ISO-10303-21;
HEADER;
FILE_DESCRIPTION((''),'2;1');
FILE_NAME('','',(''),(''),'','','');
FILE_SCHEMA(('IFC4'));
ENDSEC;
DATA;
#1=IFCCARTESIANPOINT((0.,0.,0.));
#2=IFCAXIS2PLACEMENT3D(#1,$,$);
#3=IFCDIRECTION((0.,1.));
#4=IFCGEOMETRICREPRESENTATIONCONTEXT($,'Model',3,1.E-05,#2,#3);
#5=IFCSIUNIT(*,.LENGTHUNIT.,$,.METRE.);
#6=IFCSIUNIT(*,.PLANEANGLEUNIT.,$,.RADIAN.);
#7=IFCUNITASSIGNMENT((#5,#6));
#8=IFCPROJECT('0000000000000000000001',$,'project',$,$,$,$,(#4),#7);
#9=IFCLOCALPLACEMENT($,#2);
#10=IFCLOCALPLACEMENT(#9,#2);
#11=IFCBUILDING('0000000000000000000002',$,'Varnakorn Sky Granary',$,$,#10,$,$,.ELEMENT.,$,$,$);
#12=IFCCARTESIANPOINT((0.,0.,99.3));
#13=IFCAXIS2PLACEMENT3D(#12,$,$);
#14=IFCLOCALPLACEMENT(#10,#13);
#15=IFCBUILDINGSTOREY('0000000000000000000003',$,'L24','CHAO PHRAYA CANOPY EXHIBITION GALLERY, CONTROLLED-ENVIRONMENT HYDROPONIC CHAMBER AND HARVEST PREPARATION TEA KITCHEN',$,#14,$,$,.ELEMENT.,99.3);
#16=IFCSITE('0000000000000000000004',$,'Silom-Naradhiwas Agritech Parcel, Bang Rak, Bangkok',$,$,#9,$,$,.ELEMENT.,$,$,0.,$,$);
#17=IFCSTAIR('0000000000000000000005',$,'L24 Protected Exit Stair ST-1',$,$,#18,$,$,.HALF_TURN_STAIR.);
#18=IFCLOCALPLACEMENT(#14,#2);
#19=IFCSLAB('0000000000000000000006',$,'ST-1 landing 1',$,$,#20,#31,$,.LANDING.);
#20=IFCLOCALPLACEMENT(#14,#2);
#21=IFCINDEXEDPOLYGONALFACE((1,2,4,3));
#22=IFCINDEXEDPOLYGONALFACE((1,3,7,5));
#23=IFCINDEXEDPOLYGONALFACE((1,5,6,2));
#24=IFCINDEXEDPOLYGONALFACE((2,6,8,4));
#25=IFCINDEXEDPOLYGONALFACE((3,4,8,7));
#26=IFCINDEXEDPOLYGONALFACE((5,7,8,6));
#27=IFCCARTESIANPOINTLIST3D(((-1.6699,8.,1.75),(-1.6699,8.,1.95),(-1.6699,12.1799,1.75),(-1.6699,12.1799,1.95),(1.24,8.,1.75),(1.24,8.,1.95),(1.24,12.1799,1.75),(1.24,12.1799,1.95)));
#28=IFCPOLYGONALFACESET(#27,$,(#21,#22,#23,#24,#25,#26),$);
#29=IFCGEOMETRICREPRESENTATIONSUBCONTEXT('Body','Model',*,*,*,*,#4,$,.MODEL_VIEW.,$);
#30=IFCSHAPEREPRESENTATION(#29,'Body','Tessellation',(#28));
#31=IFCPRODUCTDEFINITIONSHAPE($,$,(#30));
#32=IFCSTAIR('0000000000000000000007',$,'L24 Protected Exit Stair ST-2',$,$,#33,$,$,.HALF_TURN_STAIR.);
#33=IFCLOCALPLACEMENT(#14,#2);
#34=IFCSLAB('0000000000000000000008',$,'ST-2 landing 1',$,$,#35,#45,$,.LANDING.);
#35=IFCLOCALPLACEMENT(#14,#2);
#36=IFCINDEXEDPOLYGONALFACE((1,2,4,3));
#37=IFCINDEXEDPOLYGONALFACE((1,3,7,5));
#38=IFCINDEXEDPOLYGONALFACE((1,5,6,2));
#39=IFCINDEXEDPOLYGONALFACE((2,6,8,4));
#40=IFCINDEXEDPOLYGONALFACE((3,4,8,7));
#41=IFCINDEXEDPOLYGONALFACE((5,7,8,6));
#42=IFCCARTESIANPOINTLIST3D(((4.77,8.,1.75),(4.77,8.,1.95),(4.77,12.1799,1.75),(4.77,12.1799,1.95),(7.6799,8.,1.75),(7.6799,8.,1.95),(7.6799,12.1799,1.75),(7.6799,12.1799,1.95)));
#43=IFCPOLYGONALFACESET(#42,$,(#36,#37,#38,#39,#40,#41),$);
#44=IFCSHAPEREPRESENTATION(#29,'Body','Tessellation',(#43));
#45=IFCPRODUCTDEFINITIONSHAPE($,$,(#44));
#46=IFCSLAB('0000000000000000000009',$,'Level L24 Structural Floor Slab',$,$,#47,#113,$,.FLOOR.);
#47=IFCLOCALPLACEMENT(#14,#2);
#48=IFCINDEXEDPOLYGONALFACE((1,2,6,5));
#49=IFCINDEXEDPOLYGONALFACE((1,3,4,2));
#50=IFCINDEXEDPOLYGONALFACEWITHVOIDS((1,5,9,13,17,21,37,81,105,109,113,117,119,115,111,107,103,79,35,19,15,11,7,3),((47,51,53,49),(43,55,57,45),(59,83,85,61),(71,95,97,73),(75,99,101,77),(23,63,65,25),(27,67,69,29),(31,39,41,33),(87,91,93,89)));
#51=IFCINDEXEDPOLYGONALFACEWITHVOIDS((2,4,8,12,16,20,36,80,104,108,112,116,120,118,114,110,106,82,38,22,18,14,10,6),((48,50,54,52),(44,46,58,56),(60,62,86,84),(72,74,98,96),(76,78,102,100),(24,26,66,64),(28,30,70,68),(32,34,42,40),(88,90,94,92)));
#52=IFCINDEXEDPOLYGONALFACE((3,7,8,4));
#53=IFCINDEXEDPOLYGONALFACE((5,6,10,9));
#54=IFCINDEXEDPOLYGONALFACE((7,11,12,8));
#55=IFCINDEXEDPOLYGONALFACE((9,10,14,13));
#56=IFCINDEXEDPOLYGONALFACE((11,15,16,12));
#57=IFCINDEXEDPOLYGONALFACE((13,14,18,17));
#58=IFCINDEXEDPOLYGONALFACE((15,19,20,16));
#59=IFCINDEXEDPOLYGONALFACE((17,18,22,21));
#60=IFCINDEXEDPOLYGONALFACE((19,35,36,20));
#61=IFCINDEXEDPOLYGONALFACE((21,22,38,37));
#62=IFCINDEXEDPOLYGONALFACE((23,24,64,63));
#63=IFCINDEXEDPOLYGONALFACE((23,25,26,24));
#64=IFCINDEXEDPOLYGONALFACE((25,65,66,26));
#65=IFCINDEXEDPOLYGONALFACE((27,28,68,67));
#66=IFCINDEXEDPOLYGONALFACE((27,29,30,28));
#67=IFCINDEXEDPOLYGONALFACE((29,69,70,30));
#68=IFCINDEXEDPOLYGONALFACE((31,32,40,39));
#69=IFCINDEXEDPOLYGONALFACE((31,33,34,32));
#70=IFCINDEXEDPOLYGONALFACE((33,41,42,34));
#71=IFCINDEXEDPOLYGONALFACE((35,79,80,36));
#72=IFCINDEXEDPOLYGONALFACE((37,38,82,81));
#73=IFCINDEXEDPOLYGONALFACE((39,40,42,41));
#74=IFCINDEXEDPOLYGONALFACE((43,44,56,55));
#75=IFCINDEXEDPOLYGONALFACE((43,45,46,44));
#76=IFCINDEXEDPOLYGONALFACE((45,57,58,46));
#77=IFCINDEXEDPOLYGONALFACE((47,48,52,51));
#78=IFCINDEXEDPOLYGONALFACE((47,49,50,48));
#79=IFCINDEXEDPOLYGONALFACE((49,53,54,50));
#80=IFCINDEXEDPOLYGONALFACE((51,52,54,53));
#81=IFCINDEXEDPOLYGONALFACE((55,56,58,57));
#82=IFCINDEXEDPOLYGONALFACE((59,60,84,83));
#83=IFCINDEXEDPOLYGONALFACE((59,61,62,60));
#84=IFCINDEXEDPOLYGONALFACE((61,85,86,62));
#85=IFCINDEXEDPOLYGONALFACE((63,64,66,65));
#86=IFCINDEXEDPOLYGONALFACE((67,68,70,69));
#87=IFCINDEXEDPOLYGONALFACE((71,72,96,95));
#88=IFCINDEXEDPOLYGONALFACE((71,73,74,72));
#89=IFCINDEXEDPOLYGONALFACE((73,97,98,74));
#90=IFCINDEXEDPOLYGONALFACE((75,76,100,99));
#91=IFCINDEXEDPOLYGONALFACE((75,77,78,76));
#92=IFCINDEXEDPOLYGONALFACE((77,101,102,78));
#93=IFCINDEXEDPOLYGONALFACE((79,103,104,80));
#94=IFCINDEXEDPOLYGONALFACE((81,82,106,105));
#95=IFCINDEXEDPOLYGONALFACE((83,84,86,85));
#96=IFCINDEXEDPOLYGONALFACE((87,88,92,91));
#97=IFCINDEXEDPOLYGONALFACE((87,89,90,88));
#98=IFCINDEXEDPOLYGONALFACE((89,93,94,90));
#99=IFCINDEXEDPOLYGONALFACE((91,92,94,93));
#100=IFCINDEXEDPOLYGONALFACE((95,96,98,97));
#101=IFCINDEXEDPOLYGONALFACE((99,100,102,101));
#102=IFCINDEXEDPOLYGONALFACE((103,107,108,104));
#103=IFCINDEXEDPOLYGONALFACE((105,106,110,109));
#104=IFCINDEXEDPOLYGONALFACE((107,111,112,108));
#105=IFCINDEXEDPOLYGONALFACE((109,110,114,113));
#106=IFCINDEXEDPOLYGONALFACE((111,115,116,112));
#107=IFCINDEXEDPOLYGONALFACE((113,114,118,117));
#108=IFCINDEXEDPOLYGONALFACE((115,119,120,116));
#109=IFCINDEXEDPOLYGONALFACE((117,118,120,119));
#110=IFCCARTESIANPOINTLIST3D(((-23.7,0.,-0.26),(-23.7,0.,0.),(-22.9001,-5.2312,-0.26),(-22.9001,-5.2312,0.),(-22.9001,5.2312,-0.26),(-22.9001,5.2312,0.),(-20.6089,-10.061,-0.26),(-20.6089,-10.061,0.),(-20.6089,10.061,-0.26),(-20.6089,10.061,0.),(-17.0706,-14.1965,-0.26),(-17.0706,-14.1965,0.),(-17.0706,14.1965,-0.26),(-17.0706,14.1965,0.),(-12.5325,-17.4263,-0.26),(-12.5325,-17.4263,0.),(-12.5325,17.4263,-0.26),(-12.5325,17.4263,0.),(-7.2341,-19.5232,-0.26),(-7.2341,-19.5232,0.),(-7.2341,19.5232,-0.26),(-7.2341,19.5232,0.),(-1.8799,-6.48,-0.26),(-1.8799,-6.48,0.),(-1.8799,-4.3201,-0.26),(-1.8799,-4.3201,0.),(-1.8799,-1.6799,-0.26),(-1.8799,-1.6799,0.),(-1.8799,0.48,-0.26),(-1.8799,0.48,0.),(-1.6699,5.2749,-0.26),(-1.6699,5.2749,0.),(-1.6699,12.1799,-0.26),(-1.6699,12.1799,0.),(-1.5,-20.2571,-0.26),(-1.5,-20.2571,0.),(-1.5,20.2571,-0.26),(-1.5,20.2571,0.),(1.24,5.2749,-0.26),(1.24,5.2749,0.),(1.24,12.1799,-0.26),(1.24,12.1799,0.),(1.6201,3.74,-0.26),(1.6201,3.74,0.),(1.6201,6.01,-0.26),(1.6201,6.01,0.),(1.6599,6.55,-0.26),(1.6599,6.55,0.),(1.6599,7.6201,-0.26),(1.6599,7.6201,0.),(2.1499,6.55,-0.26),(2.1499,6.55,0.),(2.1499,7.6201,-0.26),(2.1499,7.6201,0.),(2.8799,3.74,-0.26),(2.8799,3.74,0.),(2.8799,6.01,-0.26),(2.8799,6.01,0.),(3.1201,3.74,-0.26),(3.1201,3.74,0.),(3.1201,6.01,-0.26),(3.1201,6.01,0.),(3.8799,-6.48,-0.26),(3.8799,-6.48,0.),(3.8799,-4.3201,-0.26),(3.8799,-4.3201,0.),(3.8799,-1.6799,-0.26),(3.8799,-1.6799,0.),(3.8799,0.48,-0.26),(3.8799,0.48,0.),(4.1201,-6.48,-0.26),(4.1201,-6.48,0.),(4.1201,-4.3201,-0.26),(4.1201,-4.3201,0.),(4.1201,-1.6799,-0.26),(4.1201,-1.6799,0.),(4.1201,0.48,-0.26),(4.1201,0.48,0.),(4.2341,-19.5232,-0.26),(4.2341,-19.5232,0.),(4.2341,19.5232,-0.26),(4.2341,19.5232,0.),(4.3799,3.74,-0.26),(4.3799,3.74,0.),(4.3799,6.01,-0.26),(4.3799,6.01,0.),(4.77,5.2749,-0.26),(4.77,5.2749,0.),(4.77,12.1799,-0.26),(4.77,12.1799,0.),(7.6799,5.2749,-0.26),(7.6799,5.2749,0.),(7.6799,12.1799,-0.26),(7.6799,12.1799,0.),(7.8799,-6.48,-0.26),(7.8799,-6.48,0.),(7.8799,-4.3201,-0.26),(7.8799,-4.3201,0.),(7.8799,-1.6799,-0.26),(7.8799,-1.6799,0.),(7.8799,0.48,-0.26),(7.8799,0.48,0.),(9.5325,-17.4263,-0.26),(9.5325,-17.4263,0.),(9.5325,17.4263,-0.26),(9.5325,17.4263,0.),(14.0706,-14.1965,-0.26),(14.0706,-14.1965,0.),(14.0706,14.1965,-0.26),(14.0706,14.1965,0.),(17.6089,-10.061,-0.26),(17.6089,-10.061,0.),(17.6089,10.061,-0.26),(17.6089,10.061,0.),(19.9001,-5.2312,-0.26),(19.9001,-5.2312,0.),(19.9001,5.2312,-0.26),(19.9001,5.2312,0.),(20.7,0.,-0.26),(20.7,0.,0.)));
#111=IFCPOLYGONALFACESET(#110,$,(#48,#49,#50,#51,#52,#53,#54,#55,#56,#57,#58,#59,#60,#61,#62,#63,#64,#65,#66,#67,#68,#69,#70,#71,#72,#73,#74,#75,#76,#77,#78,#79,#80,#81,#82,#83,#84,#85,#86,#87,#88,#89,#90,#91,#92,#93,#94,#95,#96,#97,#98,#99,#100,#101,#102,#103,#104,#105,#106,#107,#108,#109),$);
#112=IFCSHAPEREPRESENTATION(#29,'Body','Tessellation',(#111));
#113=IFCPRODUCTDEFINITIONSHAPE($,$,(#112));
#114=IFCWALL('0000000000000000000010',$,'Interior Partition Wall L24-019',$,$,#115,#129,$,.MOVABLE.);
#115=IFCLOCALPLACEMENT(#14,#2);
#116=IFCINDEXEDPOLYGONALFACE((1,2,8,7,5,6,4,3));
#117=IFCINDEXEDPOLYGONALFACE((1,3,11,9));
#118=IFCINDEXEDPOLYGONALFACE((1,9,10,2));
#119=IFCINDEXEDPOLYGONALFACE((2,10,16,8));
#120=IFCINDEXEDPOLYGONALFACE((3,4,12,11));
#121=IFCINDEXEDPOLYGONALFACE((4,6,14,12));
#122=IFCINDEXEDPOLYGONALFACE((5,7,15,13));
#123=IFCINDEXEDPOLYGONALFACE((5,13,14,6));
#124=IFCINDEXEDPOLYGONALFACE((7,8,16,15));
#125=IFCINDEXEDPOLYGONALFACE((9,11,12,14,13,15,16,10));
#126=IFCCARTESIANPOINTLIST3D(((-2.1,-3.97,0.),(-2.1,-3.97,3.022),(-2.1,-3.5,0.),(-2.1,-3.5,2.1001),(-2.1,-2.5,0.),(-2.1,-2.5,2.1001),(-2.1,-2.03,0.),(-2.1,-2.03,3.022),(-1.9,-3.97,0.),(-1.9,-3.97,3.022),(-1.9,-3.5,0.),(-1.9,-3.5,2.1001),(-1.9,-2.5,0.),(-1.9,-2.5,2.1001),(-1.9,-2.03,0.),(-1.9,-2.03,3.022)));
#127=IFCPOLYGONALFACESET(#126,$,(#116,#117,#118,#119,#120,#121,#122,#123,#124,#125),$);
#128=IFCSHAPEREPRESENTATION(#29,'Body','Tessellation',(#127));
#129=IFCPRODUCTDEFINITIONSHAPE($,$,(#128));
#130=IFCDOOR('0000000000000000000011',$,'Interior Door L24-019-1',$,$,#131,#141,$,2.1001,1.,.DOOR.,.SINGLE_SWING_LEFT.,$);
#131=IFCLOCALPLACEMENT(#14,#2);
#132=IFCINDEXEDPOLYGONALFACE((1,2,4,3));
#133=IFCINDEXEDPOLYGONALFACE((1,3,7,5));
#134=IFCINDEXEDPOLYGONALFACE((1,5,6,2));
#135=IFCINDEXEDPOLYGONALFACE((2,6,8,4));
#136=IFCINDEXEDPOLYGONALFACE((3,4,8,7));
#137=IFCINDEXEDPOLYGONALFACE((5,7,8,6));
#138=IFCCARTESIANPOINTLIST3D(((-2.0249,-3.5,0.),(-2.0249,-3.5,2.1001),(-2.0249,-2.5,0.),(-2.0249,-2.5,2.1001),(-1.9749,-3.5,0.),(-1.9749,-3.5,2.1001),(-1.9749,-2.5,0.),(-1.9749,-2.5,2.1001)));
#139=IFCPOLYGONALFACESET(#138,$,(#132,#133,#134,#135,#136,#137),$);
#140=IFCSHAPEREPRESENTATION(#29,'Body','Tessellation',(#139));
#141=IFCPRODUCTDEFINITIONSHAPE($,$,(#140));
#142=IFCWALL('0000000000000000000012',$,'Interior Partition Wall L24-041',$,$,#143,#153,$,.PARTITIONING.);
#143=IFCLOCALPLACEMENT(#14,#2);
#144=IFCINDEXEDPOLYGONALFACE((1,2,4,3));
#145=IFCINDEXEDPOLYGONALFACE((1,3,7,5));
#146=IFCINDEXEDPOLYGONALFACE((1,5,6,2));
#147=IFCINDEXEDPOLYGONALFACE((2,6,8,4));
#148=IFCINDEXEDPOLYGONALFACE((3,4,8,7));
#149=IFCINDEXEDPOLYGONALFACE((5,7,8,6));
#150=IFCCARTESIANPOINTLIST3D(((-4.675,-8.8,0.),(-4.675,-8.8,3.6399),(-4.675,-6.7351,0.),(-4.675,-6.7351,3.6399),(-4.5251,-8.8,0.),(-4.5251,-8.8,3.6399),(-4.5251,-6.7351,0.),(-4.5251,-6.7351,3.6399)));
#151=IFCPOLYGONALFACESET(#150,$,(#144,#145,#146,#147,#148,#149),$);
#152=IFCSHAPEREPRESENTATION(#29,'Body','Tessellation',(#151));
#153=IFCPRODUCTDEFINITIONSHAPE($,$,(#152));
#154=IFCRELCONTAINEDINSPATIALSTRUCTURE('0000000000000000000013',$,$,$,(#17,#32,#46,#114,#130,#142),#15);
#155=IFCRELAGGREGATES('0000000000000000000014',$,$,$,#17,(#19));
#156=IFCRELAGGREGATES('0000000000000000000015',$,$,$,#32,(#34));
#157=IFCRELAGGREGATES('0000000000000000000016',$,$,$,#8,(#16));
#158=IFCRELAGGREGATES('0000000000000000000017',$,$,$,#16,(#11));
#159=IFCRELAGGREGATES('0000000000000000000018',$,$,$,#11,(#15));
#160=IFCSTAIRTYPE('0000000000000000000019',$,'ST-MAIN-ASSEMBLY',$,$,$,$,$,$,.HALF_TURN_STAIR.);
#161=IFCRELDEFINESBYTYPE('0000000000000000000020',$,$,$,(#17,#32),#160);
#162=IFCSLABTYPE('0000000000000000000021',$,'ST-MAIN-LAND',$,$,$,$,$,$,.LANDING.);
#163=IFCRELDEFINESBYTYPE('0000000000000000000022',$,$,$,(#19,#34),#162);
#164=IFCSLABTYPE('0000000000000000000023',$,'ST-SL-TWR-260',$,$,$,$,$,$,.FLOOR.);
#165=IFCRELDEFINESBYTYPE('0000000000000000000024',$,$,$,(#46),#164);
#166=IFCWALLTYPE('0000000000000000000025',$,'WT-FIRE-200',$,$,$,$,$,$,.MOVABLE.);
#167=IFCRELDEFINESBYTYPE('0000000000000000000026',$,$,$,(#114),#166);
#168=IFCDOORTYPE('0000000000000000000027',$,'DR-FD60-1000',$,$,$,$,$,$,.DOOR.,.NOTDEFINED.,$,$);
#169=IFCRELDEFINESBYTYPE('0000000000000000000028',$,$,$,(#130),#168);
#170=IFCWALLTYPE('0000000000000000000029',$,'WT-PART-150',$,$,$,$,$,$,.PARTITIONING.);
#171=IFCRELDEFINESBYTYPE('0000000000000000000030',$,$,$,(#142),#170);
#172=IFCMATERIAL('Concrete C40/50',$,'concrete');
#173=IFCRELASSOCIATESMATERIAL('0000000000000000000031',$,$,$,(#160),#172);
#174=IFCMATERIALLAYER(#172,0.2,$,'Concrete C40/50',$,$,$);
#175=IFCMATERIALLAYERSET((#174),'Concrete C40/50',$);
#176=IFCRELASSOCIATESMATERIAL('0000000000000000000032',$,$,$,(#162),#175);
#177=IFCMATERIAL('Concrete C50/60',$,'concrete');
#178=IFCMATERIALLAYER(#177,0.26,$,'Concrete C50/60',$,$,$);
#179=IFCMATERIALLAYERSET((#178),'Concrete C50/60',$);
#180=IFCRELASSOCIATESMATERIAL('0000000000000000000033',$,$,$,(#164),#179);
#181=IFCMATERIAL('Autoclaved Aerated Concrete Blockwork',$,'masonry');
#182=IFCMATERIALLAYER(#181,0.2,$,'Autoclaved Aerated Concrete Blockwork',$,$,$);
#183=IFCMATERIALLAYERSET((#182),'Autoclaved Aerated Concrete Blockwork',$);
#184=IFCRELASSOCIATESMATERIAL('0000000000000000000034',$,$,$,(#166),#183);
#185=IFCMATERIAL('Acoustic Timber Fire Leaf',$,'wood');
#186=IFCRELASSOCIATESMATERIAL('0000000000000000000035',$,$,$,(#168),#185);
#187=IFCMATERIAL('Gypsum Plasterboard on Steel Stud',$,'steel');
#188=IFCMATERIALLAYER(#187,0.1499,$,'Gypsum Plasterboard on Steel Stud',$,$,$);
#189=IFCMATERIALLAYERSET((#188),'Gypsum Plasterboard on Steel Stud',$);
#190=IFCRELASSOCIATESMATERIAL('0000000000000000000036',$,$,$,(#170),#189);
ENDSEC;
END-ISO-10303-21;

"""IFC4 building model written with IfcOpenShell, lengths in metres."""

from ifc_helpers import new_model, si_unit, direction, frame, frame_2d, origin, place, context, subcontext, project, spatial, polyline, rectangle, outline, extrude, material, layer, layer_set, type_object, element, fill, aggregate, save


model = new_model("IFC4")

# Units and contexts
model_context = context("Model", 3, precision=1e-05, world=origin(), true_north=direction((0.0, 1.0)))
body_context = subcontext(model_context, "Body", "Model", "MODEL_VIEW")
ifc_project = project(units=[si_unit("LENGTHUNIT", "METRE"), si_unit("PLANEANGLEUNIT", "RADIAN")], contexts=[model_context])

# Site, building, storey
site_placement = place(None, origin())
site = spatial("IfcSite", under=ifc_project, at=site_placement, Name="Silom-Naradhiwas Agritech Parcel, Bang Rak, Bangkok", CompositionType="ELEMENT", RefElevation=0.0)
building_placement = place(site_placement, origin())
building = spatial("IfcBuilding", under=site, at=building_placement, Name="Varnakorn Sky Granary", CompositionType="ELEMENT")
storey_placement = place(building_placement, frame((0.0, 0.0, 99.3)))
storey = spatial("IfcBuildingStorey", under=building, at=storey_placement, Name="L24", Description="CHAO PHRAYA CANOPY EXHIBITION GALLERY, CONTROLLED-ENVIRONMENT HYDROPONIC CHAMBER AND HARVEST PREPARATION TEA KITCHEN", CompositionType="ELEMENT", Elevation=99.3)

# Stairs, slabs
ifc_material_1 = material(Name="Concrete C40/50", Category="concrete")
stair_type = type_object("IfcStairType", Name="ST-MAIN-ASSEMBLY", PredefinedType="HALF_TURN_STAIR", material=ifc_material_1)
stair_1_placement = place(storey_placement, origin())
stair_1 = element("IfcStair", 1, at=stair_1_placement, inside=storey, type_object=stair_type, Name="L24 Protected Exit Stair ST-1", PredefinedType="HALF_TURN_STAIR")
ifc_layer_1 = layer(ifc_material_1, 0.2, Name="Concrete C40/50")
ifc_layer_set_1 = layer_set([ifc_layer_1], Name="Concrete C40/50")
slab_type_1 = type_object("IfcSlabType", Name="ST-MAIN-LAND", PredefinedType="LANDING", material=ifc_layer_set_1)
slab_1_placement = place(storey_placement, frame((0.0, 0.0, 1.75)))
slab_1 = element("IfcSlab", 2, at=slab_1_placement, type_object=slab_type_1, Name="ST-1 landing 1", PredefinedType="LANDING", context=body_context, shape_type="SweptSolid", body=[
    extrude(outline(polyline([(1.24, 8.0), (1.24, 12.1799), (-1.6699, 12.1799), (-1.6699, 8.0), (1.24, 8.0)])), origin(), (0.0, 0.0, 1.0), 0.2),
])
aggregate(stair_1, [slab_1])
stair_2_placement = place(storey_placement, origin())
stair_2 = element("IfcStair", 3, at=stair_2_placement, inside=storey, type_object=stair_type, Name="L24 Protected Exit Stair ST-2", PredefinedType="HALF_TURN_STAIR")
slab_2_placement = place(storey_placement, frame((0.0, 0.0, 1.75)))
slab_2 = element("IfcSlab", 4, at=slab_2_placement, type_object=slab_type_1, Name="ST-2 landing 1", PredefinedType="LANDING", context=body_context, shape_type="SweptSolid", body=[
    extrude(outline(polyline([(7.6799, 8.0), (7.6799, 12.1799), (4.77, 12.1799), (4.77, 8.0), (7.6799, 8.0)])), origin(), (0.0, 0.0, 1.0), 0.2),
])
aggregate(stair_2, [slab_2])

# Slab
ifc_material_2 = material(Name="Concrete C50/60", Category="concrete")
ifc_layer_2 = layer(ifc_material_2, 0.26, Name="Concrete C50/60")
ifc_layer_set_2 = layer_set([ifc_layer_2], Name="Concrete C50/60")
slab_type_2 = type_object("IfcSlabType", Name="ST-SL-TWR-260", PredefinedType="FLOOR", material=ifc_layer_set_2)
slab_3_placement = place(storey_placement, frame((0.0, 0.0, -0.26)))
element("IfcSlab", 5, at=slab_3_placement, inside=storey, type_object=slab_type_2, Name="Level L24 Structural Floor Slab", PredefinedType="FLOOR", context=body_context, shape_type="SweptSolid", body=[
    extrude(outline(polyline([(20.7, 0.0), (19.9001, 5.2312), (17.6089, 10.061), (14.0706, 14.1965), (9.5325, 17.4263), (4.2341, 19.5232), (-1.5, 20.2571), (-7.2341, 19.5232), (-12.5325, 17.4263), (-17.0706, 14.1965), (-20.6089, 10.061), (-22.9001, 5.2312), (-23.7, 0.0), (-22.9001, -5.2312), (-20.6089, -10.061), (-17.0706, -14.1965), (-12.5325, -17.4263), (-7.2341, -19.5232), (-1.5, -20.2571), (4.2341, -19.5232), (9.5325, -17.4263), (14.0706, -14.1965), (17.6089, -10.061), (19.9001, -5.2312), (20.7, 0.0)]), holes=[polyline([(1.24, 5.2749), (1.24, 12.1799), (-1.6699, 12.1799), (-1.6699, 5.2749), (1.24, 5.2749)]), polyline([(7.6799, 5.2749), (7.6799, 12.1799), (4.77, 12.1799), (4.77, 5.2749), (7.6799, 5.2749)]), polyline([(1.6599, 6.55), (2.1499, 6.55), (2.1499, 7.6201), (1.6599, 7.6201), (1.6599, 6.55)]), polyline([(1.6201, 3.74), (2.8799, 3.74), (2.8799, 6.01), (1.6201, 6.01), (1.6201, 3.74)]), polyline([(3.1201, 3.74), (4.3799, 3.74), (4.3799, 6.01), (3.1201, 6.01), (3.1201, 3.74)]), polyline([(-1.8799, -1.6799), (3.8799, -1.6799), (3.8799, 0.48), (-1.8799, 0.48), (-1.8799, -1.6799)]), polyline([(4.1201, -1.6799), (7.8799, -1.6799), (7.8799, 0.48), (4.1201, 0.48), (4.1201, -1.6799)]), polyline([(-1.8799, -6.48), (3.8799, -6.48), (3.8799, -4.3201), (-1.8799, -4.3201), (-1.8799, -6.48)]), polyline([(4.1201, -6.48), (7.8799, -6.48), (7.8799, -4.3201), (4.1201, -4.3201), (4.1201, -6.48)])]), origin(), (0.0, 0.0, 1.0), 0.26),
])

# Wall, opening, door
ifc_material_3 = material(Name="Autoclaved Aerated Concrete Blockwork", Category="masonry")
ifc_layer_3 = layer(ifc_material_3, 0.2, Name="Autoclaved Aerated Concrete Blockwork")
ifc_layer_set_3 = layer_set([ifc_layer_3], Name="Autoclaved Aerated Concrete Blockwork")
wall_type_1 = type_object("IfcWallType", Name="WT-FIRE-200", PredefinedType="MOVABLE", material=ifc_layer_set_3)
wall_1_placement = place(storey_placement, frame((-2.0, -3.97, 0.0), z_axis=(0.0, 0.0, 1.0), x_axis=(0.0, 1.0, 0.0)))
wall_1 = element("IfcWall", 6, at=wall_1_placement, inside=storey, type_object=wall_type_1, Name="Interior Partition Wall L24-019", PredefinedType="MOVABLE", context=body_context, shape_type="SweptSolid", body=[
    extrude(rectangle(XDim=1.9399, YDim=0.2, at=frame_2d((0.97, 0.0))), origin(), (0.0, 0.0, 1.0), 3.022),
])
opening_1_placement = place(wall_1_placement, frame((0.47, 0.0, 0.0)))
opening_1 = element("IfcOpeningElement", 7, at=opening_1_placement, cuts=wall_1, PredefinedType="OPENING", context=body_context, shape_type="SweptSolid", body=[
    extrude(rectangle(XDim=1.0, YDim=2.1001, at=frame_2d((0.5, 1.05))), frame((0.0, 0.1099, 0.0), z_axis=(0.0, -1.0, 0.0), x_axis=(1.0, 0.0, 0.0)), (0.0, 0.0, 1.0), 0.22),
])
ifc_material_4 = material(Name="Acoustic Timber Fire Leaf", Category="wood")
door_type_1 = type_object("IfcDoorType", Name="DR-FD60-1000", OperationType="NOTDEFINED", PredefinedType="DOOR", material=ifc_material_4)
door_1_placement = place(opening_1_placement, origin())
door_1 = element("IfcDoor", 8, at=door_1_placement, inside=storey, type_object=door_type_1, Name="Interior Door L24-019-1", OperationType="SINGLE_SWING_LEFT", OverallHeight=2.1001, OverallWidth=1.0, PredefinedType="DOOR", context=body_context, shape_type="SweptSolid", body=[
    extrude(rectangle(XDim=1.0, YDim=2.1001, at=frame_2d((0.5, 1.05))), frame((0.0, 0.0249, 0.0), z_axis=(0.0, -1.0, 0.0), x_axis=(1.0, 0.0, 0.0)), (0.0, 0.0, 1.0), 0.05),
])
fill(opening_1, door_1)

# Wall
ifc_material_5 = material(Name="Gypsum Plasterboard on Steel Stud", Category="steel")
ifc_layer_4 = layer(ifc_material_5, 0.1499, Name="Gypsum Plasterboard on Steel Stud")
ifc_layer_set_4 = layer_set([ifc_layer_4], Name="Gypsum Plasterboard on Steel Stud")
wall_type_2 = type_object("IfcWallType", Name="WT-PART-150", PredefinedType="PARTITIONING", material=ifc_layer_set_4)
wall_2_placement = place(storey_placement, frame((-4.6001, -6.7351, 0.0), z_axis=(0.0, 0.0, 1.0), x_axis=(0.0, -1.0, 0.0)))
element("IfcWall", 9, at=wall_2_placement, inside=storey, type_object=wall_type_2, Name="Interior Partition Wall L24-041", PredefinedType="PARTITIONING", context=body_context, shape_type="SweptSolid", body=[
    extrude(rectangle(XDim=2.0649, YDim=0.1499, at=frame_2d((1.0325, 0.0))), origin(), (0.0, 0.0, 1.0), 3.6399),
])

save(model, "model.ifc")
